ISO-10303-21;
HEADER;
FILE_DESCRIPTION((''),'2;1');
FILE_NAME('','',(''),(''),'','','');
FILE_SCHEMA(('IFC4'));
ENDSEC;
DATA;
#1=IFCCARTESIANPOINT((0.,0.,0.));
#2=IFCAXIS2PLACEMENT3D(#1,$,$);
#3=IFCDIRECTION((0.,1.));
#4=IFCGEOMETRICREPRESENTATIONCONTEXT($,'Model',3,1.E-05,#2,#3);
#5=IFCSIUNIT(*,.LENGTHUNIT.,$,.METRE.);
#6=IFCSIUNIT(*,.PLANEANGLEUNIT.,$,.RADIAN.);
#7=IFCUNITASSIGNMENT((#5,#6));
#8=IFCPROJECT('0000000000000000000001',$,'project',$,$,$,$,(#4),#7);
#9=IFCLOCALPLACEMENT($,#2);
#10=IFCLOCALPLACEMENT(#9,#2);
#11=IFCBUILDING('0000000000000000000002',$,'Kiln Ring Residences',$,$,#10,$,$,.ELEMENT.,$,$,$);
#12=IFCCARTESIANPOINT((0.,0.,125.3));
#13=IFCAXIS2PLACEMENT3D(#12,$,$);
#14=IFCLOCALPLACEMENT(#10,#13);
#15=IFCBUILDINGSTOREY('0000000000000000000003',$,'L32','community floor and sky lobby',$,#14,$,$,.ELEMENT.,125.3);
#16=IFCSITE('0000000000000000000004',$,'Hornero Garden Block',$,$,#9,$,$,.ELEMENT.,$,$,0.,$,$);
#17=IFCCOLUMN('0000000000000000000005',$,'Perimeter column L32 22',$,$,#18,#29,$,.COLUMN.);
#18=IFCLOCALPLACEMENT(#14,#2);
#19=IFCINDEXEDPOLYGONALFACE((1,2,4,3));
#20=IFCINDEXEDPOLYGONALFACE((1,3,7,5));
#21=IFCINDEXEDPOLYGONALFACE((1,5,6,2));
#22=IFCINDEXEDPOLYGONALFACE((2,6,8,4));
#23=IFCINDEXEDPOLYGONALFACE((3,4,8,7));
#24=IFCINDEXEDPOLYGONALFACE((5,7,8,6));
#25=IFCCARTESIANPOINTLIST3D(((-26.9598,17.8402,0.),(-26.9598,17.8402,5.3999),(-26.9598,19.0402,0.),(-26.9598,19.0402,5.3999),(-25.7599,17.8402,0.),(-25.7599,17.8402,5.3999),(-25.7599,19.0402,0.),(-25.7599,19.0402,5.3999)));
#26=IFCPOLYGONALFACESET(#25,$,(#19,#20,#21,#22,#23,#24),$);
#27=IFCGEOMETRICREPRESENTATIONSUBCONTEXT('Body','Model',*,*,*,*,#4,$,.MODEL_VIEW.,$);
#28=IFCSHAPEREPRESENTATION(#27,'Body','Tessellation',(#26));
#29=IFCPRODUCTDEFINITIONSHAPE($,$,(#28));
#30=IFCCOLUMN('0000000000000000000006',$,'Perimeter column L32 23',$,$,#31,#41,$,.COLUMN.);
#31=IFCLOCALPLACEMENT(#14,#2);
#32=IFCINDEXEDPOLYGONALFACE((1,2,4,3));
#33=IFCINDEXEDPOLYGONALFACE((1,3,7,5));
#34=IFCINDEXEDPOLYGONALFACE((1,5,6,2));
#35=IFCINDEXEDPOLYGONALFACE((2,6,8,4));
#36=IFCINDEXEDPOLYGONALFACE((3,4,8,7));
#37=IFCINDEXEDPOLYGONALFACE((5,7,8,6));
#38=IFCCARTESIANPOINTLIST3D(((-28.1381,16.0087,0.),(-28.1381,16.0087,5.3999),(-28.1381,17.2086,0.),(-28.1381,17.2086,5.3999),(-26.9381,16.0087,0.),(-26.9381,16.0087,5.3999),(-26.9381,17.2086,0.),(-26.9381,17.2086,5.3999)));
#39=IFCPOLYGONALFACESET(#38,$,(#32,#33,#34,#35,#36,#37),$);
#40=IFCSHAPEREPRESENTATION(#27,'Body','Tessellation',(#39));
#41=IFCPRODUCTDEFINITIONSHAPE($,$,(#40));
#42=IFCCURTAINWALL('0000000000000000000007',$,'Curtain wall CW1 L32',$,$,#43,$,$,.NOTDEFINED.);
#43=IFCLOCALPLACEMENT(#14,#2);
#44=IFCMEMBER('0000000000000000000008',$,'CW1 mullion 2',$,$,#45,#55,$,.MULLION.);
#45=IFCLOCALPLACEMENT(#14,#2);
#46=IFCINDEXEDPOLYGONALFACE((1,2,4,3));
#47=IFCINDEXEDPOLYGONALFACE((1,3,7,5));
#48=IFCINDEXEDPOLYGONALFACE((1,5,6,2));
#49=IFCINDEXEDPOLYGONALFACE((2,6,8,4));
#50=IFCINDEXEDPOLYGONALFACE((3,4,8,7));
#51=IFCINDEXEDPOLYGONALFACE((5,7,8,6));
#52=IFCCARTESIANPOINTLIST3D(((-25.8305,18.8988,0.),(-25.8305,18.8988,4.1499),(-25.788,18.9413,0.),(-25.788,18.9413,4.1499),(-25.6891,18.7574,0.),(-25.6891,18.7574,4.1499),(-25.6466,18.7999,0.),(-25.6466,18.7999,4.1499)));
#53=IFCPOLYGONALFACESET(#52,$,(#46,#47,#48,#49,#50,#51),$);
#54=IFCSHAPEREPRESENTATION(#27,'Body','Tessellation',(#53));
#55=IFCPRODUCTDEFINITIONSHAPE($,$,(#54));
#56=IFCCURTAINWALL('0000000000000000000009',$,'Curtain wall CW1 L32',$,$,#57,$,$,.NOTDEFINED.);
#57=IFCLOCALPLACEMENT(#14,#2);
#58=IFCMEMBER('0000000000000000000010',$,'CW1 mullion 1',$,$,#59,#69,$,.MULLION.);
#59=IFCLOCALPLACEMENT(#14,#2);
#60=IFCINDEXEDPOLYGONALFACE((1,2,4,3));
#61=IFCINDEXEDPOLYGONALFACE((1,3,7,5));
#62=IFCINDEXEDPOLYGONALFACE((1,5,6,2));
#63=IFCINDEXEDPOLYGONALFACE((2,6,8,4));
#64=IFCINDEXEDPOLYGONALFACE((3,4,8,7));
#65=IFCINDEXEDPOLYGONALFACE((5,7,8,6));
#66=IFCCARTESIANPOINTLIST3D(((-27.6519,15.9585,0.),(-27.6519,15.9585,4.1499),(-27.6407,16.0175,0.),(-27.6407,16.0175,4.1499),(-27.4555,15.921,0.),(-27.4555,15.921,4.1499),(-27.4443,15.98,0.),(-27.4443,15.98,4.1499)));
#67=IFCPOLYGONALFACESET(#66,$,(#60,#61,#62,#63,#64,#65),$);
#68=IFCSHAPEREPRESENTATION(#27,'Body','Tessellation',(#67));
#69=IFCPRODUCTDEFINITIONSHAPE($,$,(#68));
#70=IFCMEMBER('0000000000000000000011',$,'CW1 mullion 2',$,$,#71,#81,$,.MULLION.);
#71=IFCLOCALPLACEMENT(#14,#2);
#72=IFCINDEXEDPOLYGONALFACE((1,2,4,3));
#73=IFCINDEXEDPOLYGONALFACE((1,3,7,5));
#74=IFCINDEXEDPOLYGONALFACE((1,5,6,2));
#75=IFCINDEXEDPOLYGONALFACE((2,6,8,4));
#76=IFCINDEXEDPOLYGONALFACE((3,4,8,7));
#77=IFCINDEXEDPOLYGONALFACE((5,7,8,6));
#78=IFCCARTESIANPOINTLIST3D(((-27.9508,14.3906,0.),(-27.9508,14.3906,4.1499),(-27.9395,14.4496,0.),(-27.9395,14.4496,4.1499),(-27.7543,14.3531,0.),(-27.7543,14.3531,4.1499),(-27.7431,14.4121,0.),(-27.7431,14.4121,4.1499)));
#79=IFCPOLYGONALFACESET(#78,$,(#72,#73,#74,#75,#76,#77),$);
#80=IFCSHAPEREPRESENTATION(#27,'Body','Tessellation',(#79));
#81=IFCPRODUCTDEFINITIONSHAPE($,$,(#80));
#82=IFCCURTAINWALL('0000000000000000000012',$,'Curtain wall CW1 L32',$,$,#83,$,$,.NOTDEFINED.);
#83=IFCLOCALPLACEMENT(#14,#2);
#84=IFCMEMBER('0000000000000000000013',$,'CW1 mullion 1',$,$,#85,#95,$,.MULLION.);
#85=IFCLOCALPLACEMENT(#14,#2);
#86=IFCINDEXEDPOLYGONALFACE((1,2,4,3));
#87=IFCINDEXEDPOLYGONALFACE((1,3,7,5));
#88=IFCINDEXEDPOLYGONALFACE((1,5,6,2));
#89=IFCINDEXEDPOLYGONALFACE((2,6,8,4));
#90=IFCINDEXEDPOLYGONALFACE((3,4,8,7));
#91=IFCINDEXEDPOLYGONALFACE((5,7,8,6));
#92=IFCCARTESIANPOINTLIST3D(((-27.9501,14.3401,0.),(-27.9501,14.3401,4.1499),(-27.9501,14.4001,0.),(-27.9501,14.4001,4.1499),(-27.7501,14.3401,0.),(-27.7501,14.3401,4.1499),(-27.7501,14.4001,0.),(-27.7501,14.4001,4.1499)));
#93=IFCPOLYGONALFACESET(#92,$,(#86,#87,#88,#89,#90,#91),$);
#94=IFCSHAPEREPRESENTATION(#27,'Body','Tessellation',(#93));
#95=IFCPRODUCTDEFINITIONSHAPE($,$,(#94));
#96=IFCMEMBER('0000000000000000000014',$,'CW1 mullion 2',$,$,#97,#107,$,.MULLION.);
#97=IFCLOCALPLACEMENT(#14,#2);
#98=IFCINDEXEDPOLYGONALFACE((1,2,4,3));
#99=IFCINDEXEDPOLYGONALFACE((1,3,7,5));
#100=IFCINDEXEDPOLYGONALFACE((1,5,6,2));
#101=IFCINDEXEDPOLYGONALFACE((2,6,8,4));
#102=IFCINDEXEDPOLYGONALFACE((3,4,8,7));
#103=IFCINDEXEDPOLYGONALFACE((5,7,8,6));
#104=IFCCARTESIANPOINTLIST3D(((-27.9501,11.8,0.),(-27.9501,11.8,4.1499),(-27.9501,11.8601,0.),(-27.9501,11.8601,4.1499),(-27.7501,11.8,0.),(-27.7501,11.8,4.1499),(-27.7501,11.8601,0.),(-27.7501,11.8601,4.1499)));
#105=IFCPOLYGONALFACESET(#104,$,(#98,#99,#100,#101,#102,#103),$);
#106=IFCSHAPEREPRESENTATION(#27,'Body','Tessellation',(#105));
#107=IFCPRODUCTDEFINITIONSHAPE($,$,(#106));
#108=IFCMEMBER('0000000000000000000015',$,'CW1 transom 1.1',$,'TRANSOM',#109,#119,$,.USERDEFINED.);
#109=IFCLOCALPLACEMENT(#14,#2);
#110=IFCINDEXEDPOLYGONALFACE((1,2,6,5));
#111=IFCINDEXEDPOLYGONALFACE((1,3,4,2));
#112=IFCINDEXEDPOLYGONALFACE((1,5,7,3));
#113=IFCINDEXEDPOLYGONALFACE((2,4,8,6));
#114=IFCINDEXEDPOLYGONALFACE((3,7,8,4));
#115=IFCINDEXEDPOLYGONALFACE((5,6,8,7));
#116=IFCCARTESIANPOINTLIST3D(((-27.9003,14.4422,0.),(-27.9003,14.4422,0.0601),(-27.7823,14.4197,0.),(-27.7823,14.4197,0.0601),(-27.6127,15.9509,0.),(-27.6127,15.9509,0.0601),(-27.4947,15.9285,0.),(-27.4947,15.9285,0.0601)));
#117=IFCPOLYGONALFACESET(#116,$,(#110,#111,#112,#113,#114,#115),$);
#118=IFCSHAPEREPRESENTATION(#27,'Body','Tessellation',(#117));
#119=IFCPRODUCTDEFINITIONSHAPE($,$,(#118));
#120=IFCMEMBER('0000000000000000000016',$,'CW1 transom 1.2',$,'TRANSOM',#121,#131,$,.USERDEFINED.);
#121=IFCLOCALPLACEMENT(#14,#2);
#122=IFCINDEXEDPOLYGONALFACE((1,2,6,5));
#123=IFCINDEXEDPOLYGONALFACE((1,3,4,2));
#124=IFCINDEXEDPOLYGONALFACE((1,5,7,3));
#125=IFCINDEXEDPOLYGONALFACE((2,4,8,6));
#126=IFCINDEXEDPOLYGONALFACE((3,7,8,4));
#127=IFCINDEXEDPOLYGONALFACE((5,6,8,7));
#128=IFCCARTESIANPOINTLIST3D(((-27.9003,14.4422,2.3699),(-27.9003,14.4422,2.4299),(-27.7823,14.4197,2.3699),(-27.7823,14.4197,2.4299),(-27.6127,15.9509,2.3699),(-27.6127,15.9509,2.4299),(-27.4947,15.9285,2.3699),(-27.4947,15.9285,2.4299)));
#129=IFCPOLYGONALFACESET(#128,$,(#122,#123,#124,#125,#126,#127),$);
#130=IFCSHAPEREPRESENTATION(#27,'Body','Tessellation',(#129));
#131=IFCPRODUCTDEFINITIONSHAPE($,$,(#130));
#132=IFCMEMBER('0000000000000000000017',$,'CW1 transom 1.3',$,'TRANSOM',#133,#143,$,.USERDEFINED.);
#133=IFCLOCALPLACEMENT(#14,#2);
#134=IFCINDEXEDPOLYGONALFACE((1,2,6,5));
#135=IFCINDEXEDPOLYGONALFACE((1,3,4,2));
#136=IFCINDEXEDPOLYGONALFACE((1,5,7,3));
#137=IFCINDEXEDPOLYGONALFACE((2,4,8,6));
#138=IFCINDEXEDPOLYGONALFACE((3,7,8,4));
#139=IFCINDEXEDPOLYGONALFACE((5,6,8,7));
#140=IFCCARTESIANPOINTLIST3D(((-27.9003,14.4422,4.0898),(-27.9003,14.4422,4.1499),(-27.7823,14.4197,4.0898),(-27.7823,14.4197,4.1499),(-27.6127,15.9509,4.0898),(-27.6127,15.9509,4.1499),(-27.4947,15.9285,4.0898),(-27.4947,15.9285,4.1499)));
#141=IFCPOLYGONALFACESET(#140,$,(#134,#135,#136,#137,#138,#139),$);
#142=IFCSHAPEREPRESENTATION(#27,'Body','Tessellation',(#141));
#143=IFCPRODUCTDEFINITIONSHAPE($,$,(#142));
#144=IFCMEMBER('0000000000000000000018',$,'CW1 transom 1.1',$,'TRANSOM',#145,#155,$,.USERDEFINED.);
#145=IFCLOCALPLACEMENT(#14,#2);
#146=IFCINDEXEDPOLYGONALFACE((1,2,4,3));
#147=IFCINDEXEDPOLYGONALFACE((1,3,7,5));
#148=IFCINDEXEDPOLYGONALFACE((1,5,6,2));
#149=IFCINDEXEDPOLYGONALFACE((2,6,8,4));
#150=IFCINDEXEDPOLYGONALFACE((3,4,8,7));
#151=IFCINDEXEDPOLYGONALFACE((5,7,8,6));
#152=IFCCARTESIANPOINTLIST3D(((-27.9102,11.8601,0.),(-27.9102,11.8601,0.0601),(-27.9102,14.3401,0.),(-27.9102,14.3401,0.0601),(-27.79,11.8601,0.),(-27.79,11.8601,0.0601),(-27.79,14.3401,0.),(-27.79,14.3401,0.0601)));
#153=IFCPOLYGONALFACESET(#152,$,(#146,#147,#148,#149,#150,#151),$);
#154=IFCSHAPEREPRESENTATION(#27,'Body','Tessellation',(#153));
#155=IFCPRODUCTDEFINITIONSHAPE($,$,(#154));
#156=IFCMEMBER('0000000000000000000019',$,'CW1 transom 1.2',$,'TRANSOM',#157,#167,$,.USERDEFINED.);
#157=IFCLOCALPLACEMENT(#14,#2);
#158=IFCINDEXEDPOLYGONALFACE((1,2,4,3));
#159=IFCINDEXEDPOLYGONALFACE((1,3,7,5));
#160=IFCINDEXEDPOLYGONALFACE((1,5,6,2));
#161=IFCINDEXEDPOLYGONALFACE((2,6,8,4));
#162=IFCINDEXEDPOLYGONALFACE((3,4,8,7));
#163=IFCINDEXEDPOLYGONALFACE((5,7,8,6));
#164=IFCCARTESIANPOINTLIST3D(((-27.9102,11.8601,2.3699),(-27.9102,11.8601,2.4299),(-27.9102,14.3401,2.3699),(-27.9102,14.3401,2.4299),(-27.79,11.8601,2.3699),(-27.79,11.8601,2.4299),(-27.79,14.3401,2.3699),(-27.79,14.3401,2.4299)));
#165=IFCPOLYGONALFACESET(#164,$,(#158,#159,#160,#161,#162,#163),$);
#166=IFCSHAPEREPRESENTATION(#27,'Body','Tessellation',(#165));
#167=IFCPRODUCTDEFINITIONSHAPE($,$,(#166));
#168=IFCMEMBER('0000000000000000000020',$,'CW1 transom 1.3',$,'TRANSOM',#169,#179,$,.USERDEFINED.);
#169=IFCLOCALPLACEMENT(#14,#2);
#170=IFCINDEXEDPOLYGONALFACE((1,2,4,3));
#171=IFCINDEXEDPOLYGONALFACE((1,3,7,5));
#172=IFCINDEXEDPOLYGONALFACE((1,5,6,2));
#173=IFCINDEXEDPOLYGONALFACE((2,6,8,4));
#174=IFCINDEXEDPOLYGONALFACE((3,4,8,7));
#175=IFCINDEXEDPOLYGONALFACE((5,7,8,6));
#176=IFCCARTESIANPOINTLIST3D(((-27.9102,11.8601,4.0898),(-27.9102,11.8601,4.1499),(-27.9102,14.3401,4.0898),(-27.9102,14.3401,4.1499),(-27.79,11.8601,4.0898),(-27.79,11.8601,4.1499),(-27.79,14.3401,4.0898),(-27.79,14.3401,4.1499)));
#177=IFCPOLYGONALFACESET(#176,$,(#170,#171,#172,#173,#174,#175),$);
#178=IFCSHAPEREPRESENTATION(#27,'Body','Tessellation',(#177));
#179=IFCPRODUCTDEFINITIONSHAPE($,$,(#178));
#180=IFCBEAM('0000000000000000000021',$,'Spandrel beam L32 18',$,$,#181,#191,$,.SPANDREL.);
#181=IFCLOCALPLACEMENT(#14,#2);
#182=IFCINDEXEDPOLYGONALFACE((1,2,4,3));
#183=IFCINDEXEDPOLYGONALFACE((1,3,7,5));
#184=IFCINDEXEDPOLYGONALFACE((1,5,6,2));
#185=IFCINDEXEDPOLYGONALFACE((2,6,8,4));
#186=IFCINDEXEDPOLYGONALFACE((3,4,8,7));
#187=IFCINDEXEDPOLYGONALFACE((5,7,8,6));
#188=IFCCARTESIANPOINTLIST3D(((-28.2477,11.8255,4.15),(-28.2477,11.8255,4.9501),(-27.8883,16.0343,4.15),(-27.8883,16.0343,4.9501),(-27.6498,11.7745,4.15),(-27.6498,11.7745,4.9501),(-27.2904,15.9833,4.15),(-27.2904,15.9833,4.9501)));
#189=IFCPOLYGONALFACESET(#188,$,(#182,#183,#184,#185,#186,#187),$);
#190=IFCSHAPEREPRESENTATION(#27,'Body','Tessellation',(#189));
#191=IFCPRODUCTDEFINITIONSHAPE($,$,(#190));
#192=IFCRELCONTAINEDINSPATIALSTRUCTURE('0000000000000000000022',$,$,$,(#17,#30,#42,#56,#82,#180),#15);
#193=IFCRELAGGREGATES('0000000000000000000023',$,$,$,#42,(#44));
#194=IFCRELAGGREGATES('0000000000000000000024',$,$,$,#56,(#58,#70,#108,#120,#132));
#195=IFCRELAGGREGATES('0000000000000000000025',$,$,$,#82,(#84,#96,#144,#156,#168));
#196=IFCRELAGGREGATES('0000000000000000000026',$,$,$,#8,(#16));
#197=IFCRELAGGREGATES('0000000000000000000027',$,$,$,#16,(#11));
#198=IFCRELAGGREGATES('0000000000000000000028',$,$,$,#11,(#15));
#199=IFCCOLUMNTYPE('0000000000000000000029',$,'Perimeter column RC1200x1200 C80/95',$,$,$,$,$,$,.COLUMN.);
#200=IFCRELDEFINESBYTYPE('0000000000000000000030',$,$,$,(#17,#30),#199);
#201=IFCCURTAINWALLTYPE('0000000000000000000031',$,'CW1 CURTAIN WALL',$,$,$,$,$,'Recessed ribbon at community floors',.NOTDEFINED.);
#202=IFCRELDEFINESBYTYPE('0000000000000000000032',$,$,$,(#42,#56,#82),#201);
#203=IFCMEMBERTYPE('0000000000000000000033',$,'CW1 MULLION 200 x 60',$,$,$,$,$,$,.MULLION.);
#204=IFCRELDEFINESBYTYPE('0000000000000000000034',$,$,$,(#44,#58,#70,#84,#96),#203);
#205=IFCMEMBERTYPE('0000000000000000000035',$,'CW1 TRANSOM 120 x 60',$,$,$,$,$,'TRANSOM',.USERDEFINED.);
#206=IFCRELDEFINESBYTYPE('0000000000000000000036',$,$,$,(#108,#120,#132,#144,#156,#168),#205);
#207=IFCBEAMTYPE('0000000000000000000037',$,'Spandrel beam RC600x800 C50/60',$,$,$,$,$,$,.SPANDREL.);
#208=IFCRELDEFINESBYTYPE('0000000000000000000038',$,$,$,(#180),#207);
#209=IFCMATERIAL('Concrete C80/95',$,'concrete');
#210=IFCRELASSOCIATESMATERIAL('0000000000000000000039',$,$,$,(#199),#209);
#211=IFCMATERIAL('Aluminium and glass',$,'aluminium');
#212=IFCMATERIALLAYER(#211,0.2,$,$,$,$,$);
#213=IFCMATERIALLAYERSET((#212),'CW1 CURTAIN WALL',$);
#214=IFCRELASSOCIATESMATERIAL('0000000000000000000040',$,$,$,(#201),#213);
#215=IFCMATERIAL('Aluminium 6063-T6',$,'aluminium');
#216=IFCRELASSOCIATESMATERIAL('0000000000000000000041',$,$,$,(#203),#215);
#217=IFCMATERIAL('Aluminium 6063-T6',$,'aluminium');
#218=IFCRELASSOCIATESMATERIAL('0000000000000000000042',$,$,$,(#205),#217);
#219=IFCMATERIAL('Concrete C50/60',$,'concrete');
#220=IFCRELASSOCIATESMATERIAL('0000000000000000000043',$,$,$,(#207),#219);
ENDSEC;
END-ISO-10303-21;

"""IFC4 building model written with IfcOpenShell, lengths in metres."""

from ifc_helpers import new_model, si_unit, direction, frame, origin, origin_2d, place, context, subcontext, project, spatial, rectangle, extrude, material, layer, layer_set, material_profile, profile_set, type_object, element, aggregate, save


model = new_model("IFC4")

# Units and contexts
model_context = context("Model", 3, precision=1e-05, world=origin(), true_north=direction((0.0, 1.0)))
body_context = subcontext(model_context, "Body", "Model", "MODEL_VIEW")
ifc_project = project(units=[si_unit("LENGTHUNIT", "METRE"), si_unit("PLANEANGLEUNIT", "RADIAN")], contexts=[model_context])

# Site, building, storey
site_placement = place(None, origin())
site = spatial("IfcSite", under=ifc_project, at=site_placement, Name="Hornero Garden Block", CompositionType="ELEMENT", RefElevation=0.0)
building_placement = place(site_placement, origin())
building = spatial("IfcBuilding", under=site, at=building_placement, Name="Kiln Ring Residences", CompositionType="ELEMENT")
storey_placement = place(building_placement, frame((0.0, 0.0, 125.3)))
storey = spatial("IfcBuildingStorey", under=building, at=storey_placement, Name="L32", Description="community floor and sky lobby", CompositionType="ELEMENT", Elevation=125.3)

# Columns
ifc_material_1 = material(Name="Concrete C80/95", Category="concrete")
ifc_material_profile_1 = material_profile(ifc_material_1, rectangle(XDim=1.2, YDim=1.2, at=origin_2d()), Name="RC1200x1200")
ifc_profile_set_1 = profile_set([ifc_material_profile_1], Name="Concrete C80/95")
column_type = type_object("IfcColumnType", Name="Perimeter column RC1200x1200 C80/95", PredefinedType="COLUMN", material=ifc_profile_set_1)
for number, where, z_axis, x_axis, name in (
    (1, (-26.3599, 18.4402, 0.0), (0.0, 0.0, 1.0), (1.0, 0.0, 0.0), "Perimeter column L32 22"),
    (2, (-27.5381, 16.6086, 0.0), (0.0, 0.0, 1.0), (1.0, 0.0, 0.0), "Perimeter column L32 23"),
):
    element("IfcColumn", number, at=place(storey_placement, frame(where, z_axis=z_axis, x_axis=x_axis)), inside=storey, type_object=column_type, Name=name, PredefinedType="COLUMN", context=body_context, shape_type="SweptSolid", body=[
        extrude(rectangle(XDim=1.2, YDim=1.2, at=origin_2d()), origin(), (0.0, 0.0, 1.0), 5.3999),
    ])

# Curtain wall, member
ifc_material_2 = material(Name="Aluminium and glass", Category="aluminium")
ifc_layer_1 = layer(ifc_material_2, 0.2)
ifc_layer_set_1 = layer_set([ifc_layer_1], Name="CW1 CURTAIN WALL")
curtain_wall_type = type_object("IfcCurtainWallType", Name="CW1 CURTAIN WALL", ElementType="Recessed ribbon at community floors", PredefinedType="NOTDEFINED", material=ifc_layer_set_1)
placement = place(storey_placement, origin())
curtain_wall_1 = element("IfcCurtainWall", 3, at=placement, inside=storey, type_object=curtain_wall_type, Name="Curtain wall CW1 L32", PredefinedType="NOTDEFINED")
ifc_material_3 = material(Name="Aluminium 6063-T6", Category="aluminium")
ifc_material_profile_2 = material_profile(ifc_material_3, rectangle(XDim=0.2, YDim=0.0601, at=origin_2d()), Name="AL 200x60")
ifc_profile_set_2 = profile_set([ifc_material_profile_2], Name="Aluminium 6063-T6")
member_type_1 = type_object("IfcMemberType", Name="CW1 MULLION 200 x 60", PredefinedType="MULLION", material=ifc_profile_set_2)
member_1_placement = place(storey_placement, frame((-25.7385, 18.8494, 0.0), z_axis=(0.0, 0.0, 1.0), x_axis=(0.707107, -0.707107, 0.0)))
member_1 = element("IfcMember", 4, at=member_1_placement, type_object=member_type_1, Name="CW1 mullion 2", PredefinedType="MULLION", context=body_context, shape_type="SweptSolid", body=[
    extrude(rectangle(XDim=0.2, YDim=0.0601, at=origin_2d()), origin(), (0.0, 0.0, 1.0), 4.1499),
])

# Curtain walls, members
curtain_wall_2 = element("IfcCurtainWall", 5, at=placement, inside=storey, type_object=curtain_wall_type, Name="Curtain wall CW1 L32", PredefinedType="NOTDEFINED")
member_2_placement = place(storey_placement, frame((-27.5481, 15.9692, 0.0), z_axis=(0.0, 0.0, 1.0), x_axis=(0.98229, -0.187366, 0.0)))
member_2 = element("IfcMember", 6, at=member_2_placement, type_object=member_type_1, Name="CW1 mullion 1", PredefinedType="MULLION", context=body_context, shape_type="SweptSolid", body=[
    extrude(rectangle(XDim=0.2, YDim=0.0601, at=origin_2d()), origin(), (0.0, 0.0, 1.0), 4.1499),
])
member_3_placement = place(storey_placement, frame((-27.8469, 14.4014, 0.0), z_axis=(0.0, 0.0, 1.0), x_axis=(0.98229, -0.187366, 0.0)))
member_3 = element("IfcMember", 7, at=member_3_placement, type_object=member_type_1, Name="CW1 mullion 2", PredefinedType="MULLION", context=body_context, shape_type="SweptSolid", body=[
    extrude(rectangle(XDim=0.2, YDim=0.0601, at=origin_2d()), origin(), (0.0, 0.0, 1.0), 4.1499),
])
curtain_wall_3 = element("IfcCurtainWall", 8, at=placement, inside=storey, type_object=curtain_wall_type, Name="Curtain wall CW1 L32", PredefinedType="NOTDEFINED")
member_4_placement = place(storey_placement, frame((-27.8501, 14.3701, 0.0), z_axis=(0.0, 0.0, 1.0), x_axis=(1.0, 0.0, 0.0)))
member_4 = element("IfcMember", 9, at=member_4_placement, type_object=member_type_1, Name="CW1 mullion 1", PredefinedType="MULLION", context=body_context, shape_type="SweptSolid", body=[
    extrude(rectangle(XDim=0.2, YDim=0.0601, at=origin_2d()), origin(), (0.0, 0.0, 1.0), 4.1499),
])
member_5_placement = place(storey_placement, frame((-27.8501, 11.8301, 0.0), z_axis=(0.0, 0.0, 1.0), x_axis=(1.0, 0.0, 0.0)))
member_5 = element("IfcMember", 10, at=member_5_placement, type_object=member_type_1, Name="CW1 mullion 2", PredefinedType="MULLION", context=body_context, shape_type="SweptSolid", body=[
    extrude(rectangle(XDim=0.2, YDim=0.0601, at=origin_2d()), origin(), (0.0, 0.0, 1.0), 4.1499),
])

# Members
ifc_material_4 = material(Name="Aluminium 6063-T6", Category="aluminium")
ifc_material_profile_3 = material_profile(ifc_material_4, rectangle(XDim=0.1201, YDim=0.0601, at=origin_2d()), Name="AL 120x60")
ifc_profile_set_3 = profile_set([ifc_material_profile_3], Name="Aluminium 6063-T6")
member_type_2 = type_object("IfcMemberType", Name="CW1 TRANSOM 120 x 60", ElementType="TRANSOM", PredefinedType="USERDEFINED", material=ifc_profile_set_3)
member_6_placement = place(storey_placement, frame((-27.5537, 15.9397, 0.03), z_axis=(-0.187244, -0.982314, 0.0), x_axis=(0.982314, -0.187244, 0.0)))
member_6 = element("IfcMember", 11, at=member_6_placement, type_object=member_type_2, Name="CW1 transom 1.1", ObjectType="TRANSOM", PredefinedType="USERDEFINED", context=body_context, shape_type="SweptSolid", body=[
    extrude(rectangle(XDim=0.1201, YDim=0.0601, at=origin_2d()), origin(), (0.0, 0.0, 1.0), 1.5359),
])
member_7_placement = place(storey_placement, frame((-27.5537, 15.9397, 2.3999), z_axis=(-0.187244, -0.982314, 0.0), x_axis=(0.982314, -0.187244, 0.0)))
member_7 = element("IfcMember", 12, at=member_7_placement, type_object=member_type_2, Name="CW1 transom 1.2", ObjectType="TRANSOM", PredefinedType="USERDEFINED", context=body_context, shape_type="SweptSolid", body=[
    extrude(rectangle(XDim=0.1201, YDim=0.0601, at=origin_2d()), origin(), (0.0, 0.0, 1.0), 1.5359),
])
member_8_placement = place(storey_placement, frame((-27.5537, 15.9397, 4.1199), z_axis=(-0.187244, -0.982314, 0.0), x_axis=(0.982314, -0.187244, 0.0)))
member_8 = element("IfcMember", 13, at=member_8_placement, type_object=member_type_2, Name="CW1 transom 1.3", ObjectType="TRANSOM", PredefinedType="USERDEFINED", context=body_context, shape_type="SweptSolid", body=[
    extrude(rectangle(XDim=0.1201, YDim=0.0601, at=origin_2d()), origin(), (0.0, 0.0, 1.0), 1.5359),
])
member_9_placement = place(storey_placement, frame((-27.8501, 14.3401, 0.03), z_axis=(0.0, -1.0, 0.0), x_axis=(1.0, 0.0, 0.0)))
member_9 = element("IfcMember", 14, at=member_9_placement, type_object=member_type_2, Name="CW1 transom 1.1", ObjectType="TRANSOM", PredefinedType="USERDEFINED", context=body_context, shape_type="SweptSolid", body=[
    extrude(rectangle(XDim=0.1201, YDim=0.0601, at=origin_2d()), origin(), (0.0, 0.0, 1.0), 2.48),
])
member_10_placement = place(storey_placement, frame((-27.8501, 14.3401, 2.3999), z_axis=(0.0, -1.0, 0.0), x_axis=(1.0, 0.0, 0.0)))
member_10 = element("IfcMember", 15, at=member_10_placement, type_object=member_type_2, Name="CW1 transom 1.2", ObjectType="TRANSOM", PredefinedType="USERDEFINED", context=body_context, shape_type="SweptSolid", body=[
    extrude(rectangle(XDim=0.1201, YDim=0.0601, at=origin_2d()), origin(), (0.0, 0.0, 1.0), 2.48),
])
member_11_placement = place(storey_placement, frame((-27.8501, 14.3401, 4.1199), z_axis=(0.0, -1.0, 0.0), x_axis=(1.0, 0.0, 0.0)))
member_11 = element("IfcMember", 16, at=member_11_placement, type_object=member_type_2, Name="CW1 transom 1.3", ObjectType="TRANSOM", PredefinedType="USERDEFINED", context=body_context, shape_type="SweptSolid", body=[
    extrude(rectangle(XDim=0.1201, YDim=0.0601, at=origin_2d()), origin(), (0.0, 0.0, 1.0), 2.48),
])

# Beam
ifc_material_5 = material(Name="Concrete C50/60", Category="concrete")
ifc_material_profile_4 = material_profile(ifc_material_5, rectangle(XDim=0.6001, YDim=0.8, at=origin_2d()), Name="RC600x800")
ifc_profile_set_4 = profile_set([ifc_material_profile_4], Name="Concrete C50/60")
beam_type = type_object("IfcBeamType", Name="Spandrel beam RC600x800 C50/60", PredefinedType="SPANDREL", material=ifc_profile_set_4)
beam_placement = place(storey_placement, frame((-27.5894, 16.0088, 4.55), z_axis=(-0.085078, -0.996374, 0.0), x_axis=(0.996374, -0.085078, 0.0)))
element("IfcBeam", 17, at=beam_placement, inside=storey, type_object=beam_type, Name="Spandrel beam L32 18", PredefinedType="SPANDREL", context=body_context, shape_type="SweptSolid", body=[
    extrude(rectangle(XDim=0.6001, YDim=0.8, at=origin_2d()), origin(), (0.0, 0.0, 1.0), 4.2241),
])

aggregate(curtain_wall_1, [member_1])
aggregate(curtain_wall_2, [member_2, member_3, member_6, member_7, member_8])
aggregate(curtain_wall_3, [member_4, member_5, member_9, member_10, member_11])

save(model, "model.ifc")
